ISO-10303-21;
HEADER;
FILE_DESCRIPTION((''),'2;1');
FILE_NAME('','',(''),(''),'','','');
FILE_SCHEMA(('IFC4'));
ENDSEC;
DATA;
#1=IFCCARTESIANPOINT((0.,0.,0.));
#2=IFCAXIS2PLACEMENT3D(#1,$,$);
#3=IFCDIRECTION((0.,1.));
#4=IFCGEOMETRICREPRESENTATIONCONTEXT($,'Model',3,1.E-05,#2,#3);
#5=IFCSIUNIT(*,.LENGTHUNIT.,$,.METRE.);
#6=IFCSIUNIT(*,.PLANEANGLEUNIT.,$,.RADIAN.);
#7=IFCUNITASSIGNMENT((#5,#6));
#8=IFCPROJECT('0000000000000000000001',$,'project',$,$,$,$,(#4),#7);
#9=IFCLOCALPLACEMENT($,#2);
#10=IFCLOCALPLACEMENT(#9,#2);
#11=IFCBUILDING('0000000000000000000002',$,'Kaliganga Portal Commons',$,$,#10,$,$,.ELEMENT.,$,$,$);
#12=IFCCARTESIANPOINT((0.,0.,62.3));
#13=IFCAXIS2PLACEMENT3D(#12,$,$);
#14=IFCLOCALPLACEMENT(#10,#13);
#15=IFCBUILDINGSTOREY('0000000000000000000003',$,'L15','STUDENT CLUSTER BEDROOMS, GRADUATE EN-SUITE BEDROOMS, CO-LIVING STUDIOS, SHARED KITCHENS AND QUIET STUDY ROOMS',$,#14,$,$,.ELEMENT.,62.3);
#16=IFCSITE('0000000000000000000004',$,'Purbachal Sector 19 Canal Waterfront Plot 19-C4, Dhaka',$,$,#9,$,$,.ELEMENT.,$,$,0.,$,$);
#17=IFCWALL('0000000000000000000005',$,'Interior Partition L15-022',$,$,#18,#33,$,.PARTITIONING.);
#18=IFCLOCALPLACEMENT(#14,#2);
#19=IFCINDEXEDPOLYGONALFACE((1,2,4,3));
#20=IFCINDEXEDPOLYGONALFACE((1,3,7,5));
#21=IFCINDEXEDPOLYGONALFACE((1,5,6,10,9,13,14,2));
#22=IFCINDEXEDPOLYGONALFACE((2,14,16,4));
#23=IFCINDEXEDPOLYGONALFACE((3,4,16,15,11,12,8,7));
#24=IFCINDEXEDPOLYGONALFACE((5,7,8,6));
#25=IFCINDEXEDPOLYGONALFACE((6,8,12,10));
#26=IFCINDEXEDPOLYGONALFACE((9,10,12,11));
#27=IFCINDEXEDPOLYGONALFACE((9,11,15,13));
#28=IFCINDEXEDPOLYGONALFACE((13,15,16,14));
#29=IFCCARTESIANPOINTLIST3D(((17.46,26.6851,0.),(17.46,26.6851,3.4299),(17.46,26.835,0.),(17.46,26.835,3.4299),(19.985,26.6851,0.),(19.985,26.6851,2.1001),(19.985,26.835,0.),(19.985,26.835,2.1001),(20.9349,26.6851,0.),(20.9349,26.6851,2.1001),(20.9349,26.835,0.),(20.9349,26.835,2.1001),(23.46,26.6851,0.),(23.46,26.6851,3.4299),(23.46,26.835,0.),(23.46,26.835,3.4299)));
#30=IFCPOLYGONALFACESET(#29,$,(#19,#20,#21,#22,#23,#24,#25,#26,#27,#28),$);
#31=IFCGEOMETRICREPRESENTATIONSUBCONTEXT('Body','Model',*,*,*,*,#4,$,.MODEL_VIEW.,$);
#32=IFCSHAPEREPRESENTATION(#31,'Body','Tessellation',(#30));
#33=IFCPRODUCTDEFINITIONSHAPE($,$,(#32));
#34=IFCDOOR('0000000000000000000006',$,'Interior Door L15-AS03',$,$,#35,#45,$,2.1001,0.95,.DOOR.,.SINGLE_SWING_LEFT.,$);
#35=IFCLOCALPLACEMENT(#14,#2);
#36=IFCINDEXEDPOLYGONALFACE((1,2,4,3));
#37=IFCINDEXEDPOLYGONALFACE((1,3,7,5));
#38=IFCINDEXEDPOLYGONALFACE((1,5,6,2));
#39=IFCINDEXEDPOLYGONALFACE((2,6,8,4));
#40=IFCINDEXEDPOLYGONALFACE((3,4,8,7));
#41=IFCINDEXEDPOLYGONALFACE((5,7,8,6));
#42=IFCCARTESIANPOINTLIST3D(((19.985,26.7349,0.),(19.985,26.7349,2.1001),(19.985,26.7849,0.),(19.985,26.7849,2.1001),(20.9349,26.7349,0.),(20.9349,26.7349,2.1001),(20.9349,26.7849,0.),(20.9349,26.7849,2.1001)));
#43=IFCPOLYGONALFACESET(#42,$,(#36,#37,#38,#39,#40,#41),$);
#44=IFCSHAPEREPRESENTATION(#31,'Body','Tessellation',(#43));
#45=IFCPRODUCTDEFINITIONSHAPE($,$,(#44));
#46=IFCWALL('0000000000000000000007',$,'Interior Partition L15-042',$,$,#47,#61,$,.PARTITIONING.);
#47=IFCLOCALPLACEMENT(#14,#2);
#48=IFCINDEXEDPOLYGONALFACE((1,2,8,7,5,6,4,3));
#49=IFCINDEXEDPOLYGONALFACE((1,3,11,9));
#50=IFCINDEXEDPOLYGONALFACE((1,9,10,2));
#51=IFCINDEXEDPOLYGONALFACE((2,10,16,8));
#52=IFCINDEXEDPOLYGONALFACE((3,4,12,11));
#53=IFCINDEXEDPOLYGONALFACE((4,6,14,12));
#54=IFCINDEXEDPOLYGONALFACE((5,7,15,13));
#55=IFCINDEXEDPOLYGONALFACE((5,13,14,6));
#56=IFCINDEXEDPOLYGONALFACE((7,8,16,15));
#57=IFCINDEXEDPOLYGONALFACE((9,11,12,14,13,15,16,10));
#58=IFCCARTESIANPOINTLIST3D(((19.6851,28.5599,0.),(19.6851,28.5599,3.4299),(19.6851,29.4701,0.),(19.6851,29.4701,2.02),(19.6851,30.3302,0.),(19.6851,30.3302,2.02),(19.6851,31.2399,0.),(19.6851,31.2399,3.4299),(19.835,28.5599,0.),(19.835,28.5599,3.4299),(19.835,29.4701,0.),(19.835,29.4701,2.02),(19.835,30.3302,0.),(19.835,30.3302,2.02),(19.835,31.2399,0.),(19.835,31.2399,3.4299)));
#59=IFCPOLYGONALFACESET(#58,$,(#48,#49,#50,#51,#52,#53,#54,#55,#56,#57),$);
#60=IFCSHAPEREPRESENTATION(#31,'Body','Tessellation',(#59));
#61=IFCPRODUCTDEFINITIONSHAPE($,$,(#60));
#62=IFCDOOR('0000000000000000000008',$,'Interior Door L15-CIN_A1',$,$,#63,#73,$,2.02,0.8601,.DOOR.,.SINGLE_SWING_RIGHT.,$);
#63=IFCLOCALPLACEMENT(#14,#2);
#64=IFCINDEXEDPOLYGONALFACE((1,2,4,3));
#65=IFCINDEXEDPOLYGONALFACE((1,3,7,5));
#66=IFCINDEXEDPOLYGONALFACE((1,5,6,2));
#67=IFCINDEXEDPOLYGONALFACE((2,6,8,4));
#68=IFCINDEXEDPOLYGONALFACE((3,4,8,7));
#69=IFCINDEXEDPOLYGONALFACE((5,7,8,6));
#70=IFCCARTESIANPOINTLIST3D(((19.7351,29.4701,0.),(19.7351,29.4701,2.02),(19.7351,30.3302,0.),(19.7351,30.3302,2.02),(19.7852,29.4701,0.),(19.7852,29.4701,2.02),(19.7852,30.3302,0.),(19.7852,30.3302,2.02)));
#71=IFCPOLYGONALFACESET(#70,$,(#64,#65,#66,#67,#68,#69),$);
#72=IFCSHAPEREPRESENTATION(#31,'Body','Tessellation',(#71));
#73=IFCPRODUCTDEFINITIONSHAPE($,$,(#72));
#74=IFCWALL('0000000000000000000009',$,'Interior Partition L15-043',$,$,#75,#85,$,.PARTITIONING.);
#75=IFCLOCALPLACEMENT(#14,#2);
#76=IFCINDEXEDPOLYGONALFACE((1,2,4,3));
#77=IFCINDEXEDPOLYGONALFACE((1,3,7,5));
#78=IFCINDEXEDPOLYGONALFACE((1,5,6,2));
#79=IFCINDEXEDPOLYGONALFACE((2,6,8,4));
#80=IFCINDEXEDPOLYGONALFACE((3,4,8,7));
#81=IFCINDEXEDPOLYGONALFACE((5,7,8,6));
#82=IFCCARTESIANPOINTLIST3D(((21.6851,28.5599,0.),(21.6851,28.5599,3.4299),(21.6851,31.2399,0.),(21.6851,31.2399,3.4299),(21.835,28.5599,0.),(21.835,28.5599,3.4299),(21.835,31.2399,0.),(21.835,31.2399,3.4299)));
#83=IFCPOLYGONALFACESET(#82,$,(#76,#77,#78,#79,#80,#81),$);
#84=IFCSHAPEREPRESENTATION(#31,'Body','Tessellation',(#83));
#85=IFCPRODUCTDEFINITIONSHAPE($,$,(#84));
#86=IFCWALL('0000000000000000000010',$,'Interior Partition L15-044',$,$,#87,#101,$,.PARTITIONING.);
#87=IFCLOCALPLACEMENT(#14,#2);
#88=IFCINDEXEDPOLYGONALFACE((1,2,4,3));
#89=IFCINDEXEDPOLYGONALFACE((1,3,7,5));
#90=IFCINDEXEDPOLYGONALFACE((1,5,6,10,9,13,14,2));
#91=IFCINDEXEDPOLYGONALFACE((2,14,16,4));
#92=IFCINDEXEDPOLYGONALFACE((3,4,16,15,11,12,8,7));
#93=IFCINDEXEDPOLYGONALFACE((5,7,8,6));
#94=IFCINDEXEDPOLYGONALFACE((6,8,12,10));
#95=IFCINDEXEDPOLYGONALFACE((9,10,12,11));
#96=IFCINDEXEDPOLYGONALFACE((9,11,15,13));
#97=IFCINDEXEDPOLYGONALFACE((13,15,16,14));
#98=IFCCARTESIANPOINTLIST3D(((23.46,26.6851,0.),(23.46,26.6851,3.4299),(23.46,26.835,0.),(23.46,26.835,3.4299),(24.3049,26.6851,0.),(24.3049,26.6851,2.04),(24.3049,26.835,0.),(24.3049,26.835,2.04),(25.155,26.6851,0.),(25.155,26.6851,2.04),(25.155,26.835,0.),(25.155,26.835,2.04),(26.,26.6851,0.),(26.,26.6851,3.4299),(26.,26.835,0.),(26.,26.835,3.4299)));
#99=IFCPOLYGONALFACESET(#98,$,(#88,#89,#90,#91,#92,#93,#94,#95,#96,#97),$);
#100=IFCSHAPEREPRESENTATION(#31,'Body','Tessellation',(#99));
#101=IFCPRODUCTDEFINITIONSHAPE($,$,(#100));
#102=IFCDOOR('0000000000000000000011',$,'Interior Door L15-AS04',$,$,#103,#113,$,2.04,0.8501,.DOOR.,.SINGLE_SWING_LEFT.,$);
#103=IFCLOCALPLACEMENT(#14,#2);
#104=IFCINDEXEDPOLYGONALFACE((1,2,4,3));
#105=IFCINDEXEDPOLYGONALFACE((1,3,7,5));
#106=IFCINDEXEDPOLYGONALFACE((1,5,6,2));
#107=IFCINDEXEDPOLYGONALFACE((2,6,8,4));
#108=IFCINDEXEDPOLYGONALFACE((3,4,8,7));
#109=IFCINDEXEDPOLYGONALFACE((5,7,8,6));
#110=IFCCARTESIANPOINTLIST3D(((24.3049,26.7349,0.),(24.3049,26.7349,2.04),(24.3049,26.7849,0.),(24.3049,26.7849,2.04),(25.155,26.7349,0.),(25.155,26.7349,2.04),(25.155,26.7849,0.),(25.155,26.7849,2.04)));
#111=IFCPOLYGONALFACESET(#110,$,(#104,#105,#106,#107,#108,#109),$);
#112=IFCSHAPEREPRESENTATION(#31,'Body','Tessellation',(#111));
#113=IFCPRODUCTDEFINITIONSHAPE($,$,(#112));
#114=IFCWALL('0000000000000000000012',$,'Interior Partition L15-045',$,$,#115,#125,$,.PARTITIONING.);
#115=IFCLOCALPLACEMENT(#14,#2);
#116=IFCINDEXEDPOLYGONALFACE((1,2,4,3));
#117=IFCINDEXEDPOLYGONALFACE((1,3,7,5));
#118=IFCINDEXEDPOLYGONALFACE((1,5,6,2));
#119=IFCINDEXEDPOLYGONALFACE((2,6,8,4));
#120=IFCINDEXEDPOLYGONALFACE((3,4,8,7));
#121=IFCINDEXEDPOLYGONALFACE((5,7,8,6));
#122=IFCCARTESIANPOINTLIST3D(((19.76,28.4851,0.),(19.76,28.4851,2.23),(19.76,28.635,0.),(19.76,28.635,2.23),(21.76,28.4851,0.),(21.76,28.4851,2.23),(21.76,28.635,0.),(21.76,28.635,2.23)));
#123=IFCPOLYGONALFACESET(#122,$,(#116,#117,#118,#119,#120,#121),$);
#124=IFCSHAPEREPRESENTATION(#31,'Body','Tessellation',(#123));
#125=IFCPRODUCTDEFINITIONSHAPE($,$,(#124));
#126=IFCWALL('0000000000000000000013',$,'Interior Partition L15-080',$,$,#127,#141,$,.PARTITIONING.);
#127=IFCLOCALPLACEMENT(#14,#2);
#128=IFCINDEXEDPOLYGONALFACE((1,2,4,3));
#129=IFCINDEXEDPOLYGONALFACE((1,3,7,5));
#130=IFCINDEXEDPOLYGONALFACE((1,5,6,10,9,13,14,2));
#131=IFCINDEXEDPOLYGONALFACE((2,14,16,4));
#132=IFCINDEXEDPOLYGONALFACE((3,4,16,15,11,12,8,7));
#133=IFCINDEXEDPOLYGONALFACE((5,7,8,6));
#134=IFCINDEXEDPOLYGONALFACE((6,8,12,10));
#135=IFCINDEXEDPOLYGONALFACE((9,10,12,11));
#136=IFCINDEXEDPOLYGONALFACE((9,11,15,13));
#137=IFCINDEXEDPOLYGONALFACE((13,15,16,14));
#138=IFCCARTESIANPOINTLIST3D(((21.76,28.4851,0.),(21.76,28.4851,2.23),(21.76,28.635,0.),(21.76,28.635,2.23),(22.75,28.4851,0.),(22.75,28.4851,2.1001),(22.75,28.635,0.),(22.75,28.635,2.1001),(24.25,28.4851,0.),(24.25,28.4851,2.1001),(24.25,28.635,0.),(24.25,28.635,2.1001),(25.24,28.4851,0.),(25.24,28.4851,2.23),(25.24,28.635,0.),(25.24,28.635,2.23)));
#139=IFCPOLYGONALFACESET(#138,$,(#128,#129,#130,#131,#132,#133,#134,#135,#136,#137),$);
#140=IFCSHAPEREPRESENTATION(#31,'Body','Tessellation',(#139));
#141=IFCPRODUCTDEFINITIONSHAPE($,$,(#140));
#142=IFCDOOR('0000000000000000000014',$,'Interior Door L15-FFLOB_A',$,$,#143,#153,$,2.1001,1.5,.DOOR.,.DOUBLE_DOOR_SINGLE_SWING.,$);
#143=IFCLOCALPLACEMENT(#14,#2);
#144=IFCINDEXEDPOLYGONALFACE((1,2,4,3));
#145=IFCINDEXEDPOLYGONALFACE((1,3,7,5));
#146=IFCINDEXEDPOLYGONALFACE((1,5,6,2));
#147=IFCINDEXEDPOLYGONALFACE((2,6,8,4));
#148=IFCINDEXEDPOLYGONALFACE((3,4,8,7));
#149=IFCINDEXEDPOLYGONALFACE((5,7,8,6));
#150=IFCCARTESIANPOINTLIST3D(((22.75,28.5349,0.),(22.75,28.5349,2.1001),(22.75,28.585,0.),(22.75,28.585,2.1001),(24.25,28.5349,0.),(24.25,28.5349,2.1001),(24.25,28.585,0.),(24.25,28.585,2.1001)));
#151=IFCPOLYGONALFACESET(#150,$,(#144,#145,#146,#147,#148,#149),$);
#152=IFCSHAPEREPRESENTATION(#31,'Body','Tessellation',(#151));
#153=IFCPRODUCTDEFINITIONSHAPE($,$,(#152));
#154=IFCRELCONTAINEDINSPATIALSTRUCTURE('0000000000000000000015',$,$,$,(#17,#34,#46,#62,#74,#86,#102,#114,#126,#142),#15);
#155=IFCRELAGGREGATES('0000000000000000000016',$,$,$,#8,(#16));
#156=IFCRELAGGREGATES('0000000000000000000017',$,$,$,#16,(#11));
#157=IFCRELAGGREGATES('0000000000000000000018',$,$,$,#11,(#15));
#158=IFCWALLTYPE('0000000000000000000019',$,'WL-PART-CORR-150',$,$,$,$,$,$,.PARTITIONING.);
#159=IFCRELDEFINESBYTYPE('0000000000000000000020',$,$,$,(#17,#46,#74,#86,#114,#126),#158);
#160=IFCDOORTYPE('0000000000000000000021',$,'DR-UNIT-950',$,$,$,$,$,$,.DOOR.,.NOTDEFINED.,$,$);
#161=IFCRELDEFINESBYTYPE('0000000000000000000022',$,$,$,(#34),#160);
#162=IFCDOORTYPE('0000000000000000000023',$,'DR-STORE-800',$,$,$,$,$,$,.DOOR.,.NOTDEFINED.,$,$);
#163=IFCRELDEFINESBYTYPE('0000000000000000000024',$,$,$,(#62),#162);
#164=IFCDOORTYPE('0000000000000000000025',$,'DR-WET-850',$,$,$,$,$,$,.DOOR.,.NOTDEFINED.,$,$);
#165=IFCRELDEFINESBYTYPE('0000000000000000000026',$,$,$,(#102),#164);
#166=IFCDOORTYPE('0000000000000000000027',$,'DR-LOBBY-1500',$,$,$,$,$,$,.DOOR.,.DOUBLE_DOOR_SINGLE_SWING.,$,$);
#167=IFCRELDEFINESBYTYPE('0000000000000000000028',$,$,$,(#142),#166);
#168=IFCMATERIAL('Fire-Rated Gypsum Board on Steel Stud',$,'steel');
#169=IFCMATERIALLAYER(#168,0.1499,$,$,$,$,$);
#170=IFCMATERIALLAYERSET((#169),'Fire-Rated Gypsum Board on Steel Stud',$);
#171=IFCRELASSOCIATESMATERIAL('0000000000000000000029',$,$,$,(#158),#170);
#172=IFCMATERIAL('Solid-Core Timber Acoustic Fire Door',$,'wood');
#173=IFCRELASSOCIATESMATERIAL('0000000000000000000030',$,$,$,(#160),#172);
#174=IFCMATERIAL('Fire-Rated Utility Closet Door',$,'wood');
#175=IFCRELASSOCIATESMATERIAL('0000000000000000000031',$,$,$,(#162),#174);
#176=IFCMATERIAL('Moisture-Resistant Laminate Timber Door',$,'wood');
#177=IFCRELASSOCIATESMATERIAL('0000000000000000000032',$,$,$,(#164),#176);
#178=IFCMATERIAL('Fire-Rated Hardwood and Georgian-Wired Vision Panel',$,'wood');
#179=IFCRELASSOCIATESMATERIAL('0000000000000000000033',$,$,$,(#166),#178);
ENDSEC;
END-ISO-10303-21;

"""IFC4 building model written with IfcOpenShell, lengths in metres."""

from ifc_helpers import new_model, si_unit, direction, frame, frame_2d, origin, place, context, subcontext, project, spatial, rectangle, extrude, material, layer, layer_set, type_object, element, fill, save


model = new_model("IFC4")

# Units and contexts
model_context = context("Model", 3, precision=1e-05, world=origin(), true_north=direction((0.0, 1.0)))
body_context = subcontext(model_context, "Body", "Model", "MODEL_VIEW")
ifc_project = project(units=[si_unit("LENGTHUNIT", "METRE"), si_unit("PLANEANGLEUNIT", "RADIAN")], contexts=[model_context])

# Site, building, storey
site_placement = place(None, origin())
site = spatial("IfcSite", under=ifc_project, at=site_placement, Name="Purbachal Sector 19 Canal Waterfront Plot 19-C4, Dhaka", CompositionType="ELEMENT", RefElevation=0.0)
building_placement = place(site_placement, origin())
building = spatial("IfcBuilding", under=site, at=building_placement, Name="Kaliganga Portal Commons", CompositionType="ELEMENT")
storey_placement = place(building_placement, frame((0.0, 0.0, 62.3)))
storey = spatial("IfcBuildingStorey", under=building, at=storey_placement, Name="L15", Description="STUDENT CLUSTER BEDROOMS, GRADUATE EN-SUITE BEDROOMS, CO-LIVING STUDIOS, SHARED KITCHENS AND QUIET STUDY ROOMS", CompositionType="ELEMENT", Elevation=62.3)

# Walls, openings, doors
ifc_material_1 = material(Name="Fire-Rated Gypsum Board on Steel Stud", Category="steel")
ifc_layer_1 = layer(ifc_material_1, 0.1499)
ifc_layer_set_1 = layer_set([ifc_layer_1], Name="Fire-Rated Gypsum Board on Steel Stud")
wall_type_1 = type_object("IfcWallType", Name="WL-PART-CORR-150", PredefinedType="PARTITIONING", material=ifc_layer_set_1)
wall_1_placement = place(storey_placement, frame((17.46, 26.76, 0.0), z_axis=(0.0, 0.0, 1.0), x_axis=(1.0, 0.0, 0.0)))
wall_1 = element("IfcWall", 1, at=wall_1_placement, inside=storey, type_object=wall_type_1, Name="Interior Partition L15-022", PredefinedType="PARTITIONING", context=body_context, shape_type="SweptSolid", body=[
    extrude(rectangle(XDim=6.0, YDim=0.1499, at=frame_2d((3.0, 0.0))), origin(), (0.0, 0.0, 1.0), 3.4299),
])
opening_1_placement = place(wall_1_placement, frame((2.5249, 0.0, 0.0)))
opening_1 = element("IfcOpeningElement", 2, at=opening_1_placement, cuts=wall_1, PredefinedType="OPENING", context=body_context, shape_type="SweptSolid", body=[
    extrude(rectangle(XDim=0.95, YDim=2.1001, at=frame_2d((0.4751, 1.05))), frame((0.0, 0.085, 0.0), z_axis=(0.0, -1.0, 0.0), x_axis=(1.0, 0.0, 0.0)), (0.0, 0.0, 1.0), 0.1699),
])
ifc_material_2 = material(Name="Solid-Core Timber Acoustic Fire Door", Category="wood")
door_type_1 = type_object("IfcDoorType", Name="DR-UNIT-950", OperationType="NOTDEFINED", PredefinedType="DOOR", material=ifc_material_2)
door_1_placement = place(opening_1_placement, origin())
door_1 = element("IfcDoor", 3, at=door_1_placement, inside=storey, type_object=door_type_1, Name="Interior Door L15-AS03", OperationType="SINGLE_SWING_LEFT", OverallHeight=2.1001, OverallWidth=0.95, PredefinedType="DOOR", context=body_context, shape_type="SweptSolid", body=[
    extrude(rectangle(XDim=0.95, YDim=2.1001, at=frame_2d((0.4751, 1.05))), frame((0.0, 0.0249, 0.0), z_axis=(0.0, -1.0, 0.0), x_axis=(1.0, 0.0, 0.0)), (0.0, 0.0, 1.0), 0.05),
])
fill(opening_1, door_1)
wall_2_placement = place(storey_placement, frame((19.76, 28.5601, 0.0), z_axis=(0.0, 0.0, 1.0), x_axis=(0.0, 1.0, 0.0)))
wall_2 = element("IfcWall", 4, at=wall_2_placement, inside=storey, type_object=wall_type_1, Name="Interior Partition L15-042", PredefinedType="PARTITIONING", context=body_context, shape_type="SweptSolid", body=[
    extrude(rectangle(XDim=2.6799, YDim=0.1499, at=frame_2d((1.3398, 0.0))), origin(), (0.0, 0.0, 1.0), 3.4299),
])
opening_2_placement = place(wall_2_placement, frame((0.9099, 0.0, 0.0)))
opening_2 = element("IfcOpeningElement", 5, at=opening_2_placement, cuts=wall_2, PredefinedType="OPENING", context=body_context, shape_type="SweptSolid", body=[
    extrude(rectangle(XDim=0.8601, YDim=2.02, at=frame_2d((0.4302, 1.01))), frame((0.0, 0.085, 0.0), z_axis=(0.0, -1.0, 0.0), x_axis=(1.0, 0.0, 0.0)), (0.0, 0.0, 1.0), 0.1699),
])
ifc_material_3 = material(Name="Fire-Rated Utility Closet Door", Category="wood")
door_type_2 = type_object("IfcDoorType", Name="DR-STORE-800", OperationType="NOTDEFINED", PredefinedType="DOOR", material=ifc_material_3)
door_2_placement = place(opening_2_placement, origin())
door_2 = element("IfcDoor", 6, at=door_2_placement, inside=storey, type_object=door_type_2, Name="Interior Door L15-CIN_A1", OperationType="SINGLE_SWING_RIGHT", OverallHeight=2.02, OverallWidth=0.8601, PredefinedType="DOOR", context=body_context, shape_type="SweptSolid", body=[
    extrude(rectangle(XDim=0.8601, YDim=2.02, at=frame_2d((0.4302, 1.01))), frame((0.0, 0.0249, 0.0), z_axis=(0.0, -1.0, 0.0), x_axis=(1.0, 0.0, 0.0)), (0.0, 0.0, 1.0), 0.05),
])
fill(opening_2, door_2)

# Wall
wall_3_placement = place(storey_placement, frame((21.76, 28.5601, 0.0), z_axis=(0.0, 0.0, 1.0), x_axis=(0.0, 1.0, 0.0)))
element("IfcWall", 7, at=wall_3_placement, inside=storey, type_object=wall_type_1, Name="Interior Partition L15-043", PredefinedType="PARTITIONING", context=body_context, shape_type="SweptSolid", body=[
    extrude(rectangle(XDim=2.6799, YDim=0.1499, at=frame_2d((1.3398, 0.0))), origin(), (0.0, 0.0, 1.0), 3.4299),
])

# Wall, opening, door
wall_4_placement = place(storey_placement, frame((23.46, 26.76, 0.0), z_axis=(0.0, 0.0, 1.0), x_axis=(1.0, 0.0, 0.0)))
wall_4 = element("IfcWall", 8, at=wall_4_placement, inside=storey, type_object=wall_type_1, Name="Interior Partition L15-044", PredefinedType="PARTITIONING", context=body_context, shape_type="SweptSolid", body=[
    extrude(rectangle(XDim=2.54, YDim=0.1499, at=frame_2d((1.27, 0.0))), origin(), (0.0, 0.0, 1.0), 3.4299),
])
opening_3_placement = place(wall_4_placement, frame((0.845, 0.0, 0.0)))
opening_3 = element("IfcOpeningElement", 9, at=opening_3_placement, cuts=wall_4, PredefinedType="OPENING", context=body_context, shape_type="SweptSolid", body=[
    extrude(rectangle(XDim=0.8501, YDim=2.04, at=frame_2d((0.425, 1.02))), frame((0.0, 0.085, 0.0), z_axis=(0.0, -1.0, 0.0), x_axis=(1.0, 0.0, 0.0)), (0.0, 0.0, 1.0), 0.1699),
])
ifc_material_4 = material(Name="Moisture-Resistant Laminate Timber Door", Category="wood")
door_type_3 = type_object("IfcDoorType", Name="DR-WET-850", OperationType="NOTDEFINED", PredefinedType="DOOR", material=ifc_material_4)
door_3_placement = place(opening_3_placement, origin())
door_3 = element("IfcDoor", 10, at=door_3_placement, inside=storey, type_object=door_type_3, Name="Interior Door L15-AS04", OperationType="SINGLE_SWING_LEFT", OverallHeight=2.04, OverallWidth=0.8501, PredefinedType="DOOR", context=body_context, shape_type="SweptSolid", body=[
    extrude(rectangle(XDim=0.8501, YDim=2.04, at=frame_2d((0.425, 1.02))), frame((0.0, 0.0249, 0.0), z_axis=(0.0, -1.0, 0.0), x_axis=(1.0, 0.0, 0.0)), (0.0, 0.0, 1.0), 0.05),
])
fill(opening_3, door_3)

# Wall
wall_5_placement = place(storey_placement, frame((19.76, 28.5601, 0.0), z_axis=(0.0, 0.0, 1.0), x_axis=(1.0, 0.0, 0.0)))
element("IfcWall", 11, at=wall_5_placement, inside=storey, type_object=wall_type_1, Name="Interior Partition L15-045", PredefinedType="PARTITIONING", context=body_context, shape_type="SweptSolid", body=[
    extrude(rectangle(XDim=2.0, YDim=0.1499, at=frame_2d((1.0, 0.0))), origin(), (0.0, 0.0, 1.0), 2.23),
])

# Wall, opening, door
wall_6_placement = place(storey_placement, frame((21.76, 28.5601, 0.0), z_axis=(0.0, 0.0, 1.0), x_axis=(1.0, 0.0, 0.0)))
wall_6 = element("IfcWall", 12, at=wall_6_placement, inside=storey, type_object=wall_type_1, Name="Interior Partition L15-080", PredefinedType="PARTITIONING", context=body_context, shape_type="SweptSolid", body=[
    extrude(rectangle(XDim=3.48, YDim=0.1499, at=frame_2d((1.74, 0.0))), origin(), (0.0, 0.0, 1.0), 2.23),
])
opening_4_placement = place(wall_6_placement, frame((0.99, 0.0, 0.0)))
opening_4 = element("IfcOpeningElement", 13, at=opening_4_placement, cuts=wall_6, PredefinedType="OPENING", context=body_context, shape_type="SweptSolid", body=[
    extrude(rectangle(XDim=1.5, YDim=2.1001, at=frame_2d((0.75, 1.05))), frame((0.0, 0.085, 0.0), z_axis=(0.0, -1.0, 0.0), x_axis=(1.0, 0.0, 0.0)), (0.0, 0.0, 1.0), 0.1699),
])
ifc_material_5 = material(Name="Fire-Rated Hardwood and Georgian-Wired Vision Panel", Category="wood")
door_type_4 = type_object("IfcDoorType", Name="DR-LOBBY-1500", OperationType="DOUBLE_DOOR_SINGLE_SWING", PredefinedType="DOOR", material=ifc_material_5)
door_4_placement = place(opening_4_placement, origin())
door_4 = element("IfcDoor", 14, at=door_4_placement, inside=storey, type_object=door_type_4, Name="Interior Door L15-FFLOB_A", OperationType="DOUBLE_DOOR_SINGLE_SWING", OverallHeight=2.1001, OverallWidth=1.5, PredefinedType="DOOR", context=body_context, shape_type="SweptSolid", body=[
    extrude(rectangle(XDim=1.5, YDim=2.1001, at=frame_2d((0.75, 1.05))), frame((0.0, 0.0249, 0.0), z_axis=(0.0, -1.0, 0.0), x_axis=(1.0, 0.0, 0.0)), (0.0, 0.0, 1.0), 0.05),
])
fill(opening_4, door_4)

save(model, "model.ifc")
